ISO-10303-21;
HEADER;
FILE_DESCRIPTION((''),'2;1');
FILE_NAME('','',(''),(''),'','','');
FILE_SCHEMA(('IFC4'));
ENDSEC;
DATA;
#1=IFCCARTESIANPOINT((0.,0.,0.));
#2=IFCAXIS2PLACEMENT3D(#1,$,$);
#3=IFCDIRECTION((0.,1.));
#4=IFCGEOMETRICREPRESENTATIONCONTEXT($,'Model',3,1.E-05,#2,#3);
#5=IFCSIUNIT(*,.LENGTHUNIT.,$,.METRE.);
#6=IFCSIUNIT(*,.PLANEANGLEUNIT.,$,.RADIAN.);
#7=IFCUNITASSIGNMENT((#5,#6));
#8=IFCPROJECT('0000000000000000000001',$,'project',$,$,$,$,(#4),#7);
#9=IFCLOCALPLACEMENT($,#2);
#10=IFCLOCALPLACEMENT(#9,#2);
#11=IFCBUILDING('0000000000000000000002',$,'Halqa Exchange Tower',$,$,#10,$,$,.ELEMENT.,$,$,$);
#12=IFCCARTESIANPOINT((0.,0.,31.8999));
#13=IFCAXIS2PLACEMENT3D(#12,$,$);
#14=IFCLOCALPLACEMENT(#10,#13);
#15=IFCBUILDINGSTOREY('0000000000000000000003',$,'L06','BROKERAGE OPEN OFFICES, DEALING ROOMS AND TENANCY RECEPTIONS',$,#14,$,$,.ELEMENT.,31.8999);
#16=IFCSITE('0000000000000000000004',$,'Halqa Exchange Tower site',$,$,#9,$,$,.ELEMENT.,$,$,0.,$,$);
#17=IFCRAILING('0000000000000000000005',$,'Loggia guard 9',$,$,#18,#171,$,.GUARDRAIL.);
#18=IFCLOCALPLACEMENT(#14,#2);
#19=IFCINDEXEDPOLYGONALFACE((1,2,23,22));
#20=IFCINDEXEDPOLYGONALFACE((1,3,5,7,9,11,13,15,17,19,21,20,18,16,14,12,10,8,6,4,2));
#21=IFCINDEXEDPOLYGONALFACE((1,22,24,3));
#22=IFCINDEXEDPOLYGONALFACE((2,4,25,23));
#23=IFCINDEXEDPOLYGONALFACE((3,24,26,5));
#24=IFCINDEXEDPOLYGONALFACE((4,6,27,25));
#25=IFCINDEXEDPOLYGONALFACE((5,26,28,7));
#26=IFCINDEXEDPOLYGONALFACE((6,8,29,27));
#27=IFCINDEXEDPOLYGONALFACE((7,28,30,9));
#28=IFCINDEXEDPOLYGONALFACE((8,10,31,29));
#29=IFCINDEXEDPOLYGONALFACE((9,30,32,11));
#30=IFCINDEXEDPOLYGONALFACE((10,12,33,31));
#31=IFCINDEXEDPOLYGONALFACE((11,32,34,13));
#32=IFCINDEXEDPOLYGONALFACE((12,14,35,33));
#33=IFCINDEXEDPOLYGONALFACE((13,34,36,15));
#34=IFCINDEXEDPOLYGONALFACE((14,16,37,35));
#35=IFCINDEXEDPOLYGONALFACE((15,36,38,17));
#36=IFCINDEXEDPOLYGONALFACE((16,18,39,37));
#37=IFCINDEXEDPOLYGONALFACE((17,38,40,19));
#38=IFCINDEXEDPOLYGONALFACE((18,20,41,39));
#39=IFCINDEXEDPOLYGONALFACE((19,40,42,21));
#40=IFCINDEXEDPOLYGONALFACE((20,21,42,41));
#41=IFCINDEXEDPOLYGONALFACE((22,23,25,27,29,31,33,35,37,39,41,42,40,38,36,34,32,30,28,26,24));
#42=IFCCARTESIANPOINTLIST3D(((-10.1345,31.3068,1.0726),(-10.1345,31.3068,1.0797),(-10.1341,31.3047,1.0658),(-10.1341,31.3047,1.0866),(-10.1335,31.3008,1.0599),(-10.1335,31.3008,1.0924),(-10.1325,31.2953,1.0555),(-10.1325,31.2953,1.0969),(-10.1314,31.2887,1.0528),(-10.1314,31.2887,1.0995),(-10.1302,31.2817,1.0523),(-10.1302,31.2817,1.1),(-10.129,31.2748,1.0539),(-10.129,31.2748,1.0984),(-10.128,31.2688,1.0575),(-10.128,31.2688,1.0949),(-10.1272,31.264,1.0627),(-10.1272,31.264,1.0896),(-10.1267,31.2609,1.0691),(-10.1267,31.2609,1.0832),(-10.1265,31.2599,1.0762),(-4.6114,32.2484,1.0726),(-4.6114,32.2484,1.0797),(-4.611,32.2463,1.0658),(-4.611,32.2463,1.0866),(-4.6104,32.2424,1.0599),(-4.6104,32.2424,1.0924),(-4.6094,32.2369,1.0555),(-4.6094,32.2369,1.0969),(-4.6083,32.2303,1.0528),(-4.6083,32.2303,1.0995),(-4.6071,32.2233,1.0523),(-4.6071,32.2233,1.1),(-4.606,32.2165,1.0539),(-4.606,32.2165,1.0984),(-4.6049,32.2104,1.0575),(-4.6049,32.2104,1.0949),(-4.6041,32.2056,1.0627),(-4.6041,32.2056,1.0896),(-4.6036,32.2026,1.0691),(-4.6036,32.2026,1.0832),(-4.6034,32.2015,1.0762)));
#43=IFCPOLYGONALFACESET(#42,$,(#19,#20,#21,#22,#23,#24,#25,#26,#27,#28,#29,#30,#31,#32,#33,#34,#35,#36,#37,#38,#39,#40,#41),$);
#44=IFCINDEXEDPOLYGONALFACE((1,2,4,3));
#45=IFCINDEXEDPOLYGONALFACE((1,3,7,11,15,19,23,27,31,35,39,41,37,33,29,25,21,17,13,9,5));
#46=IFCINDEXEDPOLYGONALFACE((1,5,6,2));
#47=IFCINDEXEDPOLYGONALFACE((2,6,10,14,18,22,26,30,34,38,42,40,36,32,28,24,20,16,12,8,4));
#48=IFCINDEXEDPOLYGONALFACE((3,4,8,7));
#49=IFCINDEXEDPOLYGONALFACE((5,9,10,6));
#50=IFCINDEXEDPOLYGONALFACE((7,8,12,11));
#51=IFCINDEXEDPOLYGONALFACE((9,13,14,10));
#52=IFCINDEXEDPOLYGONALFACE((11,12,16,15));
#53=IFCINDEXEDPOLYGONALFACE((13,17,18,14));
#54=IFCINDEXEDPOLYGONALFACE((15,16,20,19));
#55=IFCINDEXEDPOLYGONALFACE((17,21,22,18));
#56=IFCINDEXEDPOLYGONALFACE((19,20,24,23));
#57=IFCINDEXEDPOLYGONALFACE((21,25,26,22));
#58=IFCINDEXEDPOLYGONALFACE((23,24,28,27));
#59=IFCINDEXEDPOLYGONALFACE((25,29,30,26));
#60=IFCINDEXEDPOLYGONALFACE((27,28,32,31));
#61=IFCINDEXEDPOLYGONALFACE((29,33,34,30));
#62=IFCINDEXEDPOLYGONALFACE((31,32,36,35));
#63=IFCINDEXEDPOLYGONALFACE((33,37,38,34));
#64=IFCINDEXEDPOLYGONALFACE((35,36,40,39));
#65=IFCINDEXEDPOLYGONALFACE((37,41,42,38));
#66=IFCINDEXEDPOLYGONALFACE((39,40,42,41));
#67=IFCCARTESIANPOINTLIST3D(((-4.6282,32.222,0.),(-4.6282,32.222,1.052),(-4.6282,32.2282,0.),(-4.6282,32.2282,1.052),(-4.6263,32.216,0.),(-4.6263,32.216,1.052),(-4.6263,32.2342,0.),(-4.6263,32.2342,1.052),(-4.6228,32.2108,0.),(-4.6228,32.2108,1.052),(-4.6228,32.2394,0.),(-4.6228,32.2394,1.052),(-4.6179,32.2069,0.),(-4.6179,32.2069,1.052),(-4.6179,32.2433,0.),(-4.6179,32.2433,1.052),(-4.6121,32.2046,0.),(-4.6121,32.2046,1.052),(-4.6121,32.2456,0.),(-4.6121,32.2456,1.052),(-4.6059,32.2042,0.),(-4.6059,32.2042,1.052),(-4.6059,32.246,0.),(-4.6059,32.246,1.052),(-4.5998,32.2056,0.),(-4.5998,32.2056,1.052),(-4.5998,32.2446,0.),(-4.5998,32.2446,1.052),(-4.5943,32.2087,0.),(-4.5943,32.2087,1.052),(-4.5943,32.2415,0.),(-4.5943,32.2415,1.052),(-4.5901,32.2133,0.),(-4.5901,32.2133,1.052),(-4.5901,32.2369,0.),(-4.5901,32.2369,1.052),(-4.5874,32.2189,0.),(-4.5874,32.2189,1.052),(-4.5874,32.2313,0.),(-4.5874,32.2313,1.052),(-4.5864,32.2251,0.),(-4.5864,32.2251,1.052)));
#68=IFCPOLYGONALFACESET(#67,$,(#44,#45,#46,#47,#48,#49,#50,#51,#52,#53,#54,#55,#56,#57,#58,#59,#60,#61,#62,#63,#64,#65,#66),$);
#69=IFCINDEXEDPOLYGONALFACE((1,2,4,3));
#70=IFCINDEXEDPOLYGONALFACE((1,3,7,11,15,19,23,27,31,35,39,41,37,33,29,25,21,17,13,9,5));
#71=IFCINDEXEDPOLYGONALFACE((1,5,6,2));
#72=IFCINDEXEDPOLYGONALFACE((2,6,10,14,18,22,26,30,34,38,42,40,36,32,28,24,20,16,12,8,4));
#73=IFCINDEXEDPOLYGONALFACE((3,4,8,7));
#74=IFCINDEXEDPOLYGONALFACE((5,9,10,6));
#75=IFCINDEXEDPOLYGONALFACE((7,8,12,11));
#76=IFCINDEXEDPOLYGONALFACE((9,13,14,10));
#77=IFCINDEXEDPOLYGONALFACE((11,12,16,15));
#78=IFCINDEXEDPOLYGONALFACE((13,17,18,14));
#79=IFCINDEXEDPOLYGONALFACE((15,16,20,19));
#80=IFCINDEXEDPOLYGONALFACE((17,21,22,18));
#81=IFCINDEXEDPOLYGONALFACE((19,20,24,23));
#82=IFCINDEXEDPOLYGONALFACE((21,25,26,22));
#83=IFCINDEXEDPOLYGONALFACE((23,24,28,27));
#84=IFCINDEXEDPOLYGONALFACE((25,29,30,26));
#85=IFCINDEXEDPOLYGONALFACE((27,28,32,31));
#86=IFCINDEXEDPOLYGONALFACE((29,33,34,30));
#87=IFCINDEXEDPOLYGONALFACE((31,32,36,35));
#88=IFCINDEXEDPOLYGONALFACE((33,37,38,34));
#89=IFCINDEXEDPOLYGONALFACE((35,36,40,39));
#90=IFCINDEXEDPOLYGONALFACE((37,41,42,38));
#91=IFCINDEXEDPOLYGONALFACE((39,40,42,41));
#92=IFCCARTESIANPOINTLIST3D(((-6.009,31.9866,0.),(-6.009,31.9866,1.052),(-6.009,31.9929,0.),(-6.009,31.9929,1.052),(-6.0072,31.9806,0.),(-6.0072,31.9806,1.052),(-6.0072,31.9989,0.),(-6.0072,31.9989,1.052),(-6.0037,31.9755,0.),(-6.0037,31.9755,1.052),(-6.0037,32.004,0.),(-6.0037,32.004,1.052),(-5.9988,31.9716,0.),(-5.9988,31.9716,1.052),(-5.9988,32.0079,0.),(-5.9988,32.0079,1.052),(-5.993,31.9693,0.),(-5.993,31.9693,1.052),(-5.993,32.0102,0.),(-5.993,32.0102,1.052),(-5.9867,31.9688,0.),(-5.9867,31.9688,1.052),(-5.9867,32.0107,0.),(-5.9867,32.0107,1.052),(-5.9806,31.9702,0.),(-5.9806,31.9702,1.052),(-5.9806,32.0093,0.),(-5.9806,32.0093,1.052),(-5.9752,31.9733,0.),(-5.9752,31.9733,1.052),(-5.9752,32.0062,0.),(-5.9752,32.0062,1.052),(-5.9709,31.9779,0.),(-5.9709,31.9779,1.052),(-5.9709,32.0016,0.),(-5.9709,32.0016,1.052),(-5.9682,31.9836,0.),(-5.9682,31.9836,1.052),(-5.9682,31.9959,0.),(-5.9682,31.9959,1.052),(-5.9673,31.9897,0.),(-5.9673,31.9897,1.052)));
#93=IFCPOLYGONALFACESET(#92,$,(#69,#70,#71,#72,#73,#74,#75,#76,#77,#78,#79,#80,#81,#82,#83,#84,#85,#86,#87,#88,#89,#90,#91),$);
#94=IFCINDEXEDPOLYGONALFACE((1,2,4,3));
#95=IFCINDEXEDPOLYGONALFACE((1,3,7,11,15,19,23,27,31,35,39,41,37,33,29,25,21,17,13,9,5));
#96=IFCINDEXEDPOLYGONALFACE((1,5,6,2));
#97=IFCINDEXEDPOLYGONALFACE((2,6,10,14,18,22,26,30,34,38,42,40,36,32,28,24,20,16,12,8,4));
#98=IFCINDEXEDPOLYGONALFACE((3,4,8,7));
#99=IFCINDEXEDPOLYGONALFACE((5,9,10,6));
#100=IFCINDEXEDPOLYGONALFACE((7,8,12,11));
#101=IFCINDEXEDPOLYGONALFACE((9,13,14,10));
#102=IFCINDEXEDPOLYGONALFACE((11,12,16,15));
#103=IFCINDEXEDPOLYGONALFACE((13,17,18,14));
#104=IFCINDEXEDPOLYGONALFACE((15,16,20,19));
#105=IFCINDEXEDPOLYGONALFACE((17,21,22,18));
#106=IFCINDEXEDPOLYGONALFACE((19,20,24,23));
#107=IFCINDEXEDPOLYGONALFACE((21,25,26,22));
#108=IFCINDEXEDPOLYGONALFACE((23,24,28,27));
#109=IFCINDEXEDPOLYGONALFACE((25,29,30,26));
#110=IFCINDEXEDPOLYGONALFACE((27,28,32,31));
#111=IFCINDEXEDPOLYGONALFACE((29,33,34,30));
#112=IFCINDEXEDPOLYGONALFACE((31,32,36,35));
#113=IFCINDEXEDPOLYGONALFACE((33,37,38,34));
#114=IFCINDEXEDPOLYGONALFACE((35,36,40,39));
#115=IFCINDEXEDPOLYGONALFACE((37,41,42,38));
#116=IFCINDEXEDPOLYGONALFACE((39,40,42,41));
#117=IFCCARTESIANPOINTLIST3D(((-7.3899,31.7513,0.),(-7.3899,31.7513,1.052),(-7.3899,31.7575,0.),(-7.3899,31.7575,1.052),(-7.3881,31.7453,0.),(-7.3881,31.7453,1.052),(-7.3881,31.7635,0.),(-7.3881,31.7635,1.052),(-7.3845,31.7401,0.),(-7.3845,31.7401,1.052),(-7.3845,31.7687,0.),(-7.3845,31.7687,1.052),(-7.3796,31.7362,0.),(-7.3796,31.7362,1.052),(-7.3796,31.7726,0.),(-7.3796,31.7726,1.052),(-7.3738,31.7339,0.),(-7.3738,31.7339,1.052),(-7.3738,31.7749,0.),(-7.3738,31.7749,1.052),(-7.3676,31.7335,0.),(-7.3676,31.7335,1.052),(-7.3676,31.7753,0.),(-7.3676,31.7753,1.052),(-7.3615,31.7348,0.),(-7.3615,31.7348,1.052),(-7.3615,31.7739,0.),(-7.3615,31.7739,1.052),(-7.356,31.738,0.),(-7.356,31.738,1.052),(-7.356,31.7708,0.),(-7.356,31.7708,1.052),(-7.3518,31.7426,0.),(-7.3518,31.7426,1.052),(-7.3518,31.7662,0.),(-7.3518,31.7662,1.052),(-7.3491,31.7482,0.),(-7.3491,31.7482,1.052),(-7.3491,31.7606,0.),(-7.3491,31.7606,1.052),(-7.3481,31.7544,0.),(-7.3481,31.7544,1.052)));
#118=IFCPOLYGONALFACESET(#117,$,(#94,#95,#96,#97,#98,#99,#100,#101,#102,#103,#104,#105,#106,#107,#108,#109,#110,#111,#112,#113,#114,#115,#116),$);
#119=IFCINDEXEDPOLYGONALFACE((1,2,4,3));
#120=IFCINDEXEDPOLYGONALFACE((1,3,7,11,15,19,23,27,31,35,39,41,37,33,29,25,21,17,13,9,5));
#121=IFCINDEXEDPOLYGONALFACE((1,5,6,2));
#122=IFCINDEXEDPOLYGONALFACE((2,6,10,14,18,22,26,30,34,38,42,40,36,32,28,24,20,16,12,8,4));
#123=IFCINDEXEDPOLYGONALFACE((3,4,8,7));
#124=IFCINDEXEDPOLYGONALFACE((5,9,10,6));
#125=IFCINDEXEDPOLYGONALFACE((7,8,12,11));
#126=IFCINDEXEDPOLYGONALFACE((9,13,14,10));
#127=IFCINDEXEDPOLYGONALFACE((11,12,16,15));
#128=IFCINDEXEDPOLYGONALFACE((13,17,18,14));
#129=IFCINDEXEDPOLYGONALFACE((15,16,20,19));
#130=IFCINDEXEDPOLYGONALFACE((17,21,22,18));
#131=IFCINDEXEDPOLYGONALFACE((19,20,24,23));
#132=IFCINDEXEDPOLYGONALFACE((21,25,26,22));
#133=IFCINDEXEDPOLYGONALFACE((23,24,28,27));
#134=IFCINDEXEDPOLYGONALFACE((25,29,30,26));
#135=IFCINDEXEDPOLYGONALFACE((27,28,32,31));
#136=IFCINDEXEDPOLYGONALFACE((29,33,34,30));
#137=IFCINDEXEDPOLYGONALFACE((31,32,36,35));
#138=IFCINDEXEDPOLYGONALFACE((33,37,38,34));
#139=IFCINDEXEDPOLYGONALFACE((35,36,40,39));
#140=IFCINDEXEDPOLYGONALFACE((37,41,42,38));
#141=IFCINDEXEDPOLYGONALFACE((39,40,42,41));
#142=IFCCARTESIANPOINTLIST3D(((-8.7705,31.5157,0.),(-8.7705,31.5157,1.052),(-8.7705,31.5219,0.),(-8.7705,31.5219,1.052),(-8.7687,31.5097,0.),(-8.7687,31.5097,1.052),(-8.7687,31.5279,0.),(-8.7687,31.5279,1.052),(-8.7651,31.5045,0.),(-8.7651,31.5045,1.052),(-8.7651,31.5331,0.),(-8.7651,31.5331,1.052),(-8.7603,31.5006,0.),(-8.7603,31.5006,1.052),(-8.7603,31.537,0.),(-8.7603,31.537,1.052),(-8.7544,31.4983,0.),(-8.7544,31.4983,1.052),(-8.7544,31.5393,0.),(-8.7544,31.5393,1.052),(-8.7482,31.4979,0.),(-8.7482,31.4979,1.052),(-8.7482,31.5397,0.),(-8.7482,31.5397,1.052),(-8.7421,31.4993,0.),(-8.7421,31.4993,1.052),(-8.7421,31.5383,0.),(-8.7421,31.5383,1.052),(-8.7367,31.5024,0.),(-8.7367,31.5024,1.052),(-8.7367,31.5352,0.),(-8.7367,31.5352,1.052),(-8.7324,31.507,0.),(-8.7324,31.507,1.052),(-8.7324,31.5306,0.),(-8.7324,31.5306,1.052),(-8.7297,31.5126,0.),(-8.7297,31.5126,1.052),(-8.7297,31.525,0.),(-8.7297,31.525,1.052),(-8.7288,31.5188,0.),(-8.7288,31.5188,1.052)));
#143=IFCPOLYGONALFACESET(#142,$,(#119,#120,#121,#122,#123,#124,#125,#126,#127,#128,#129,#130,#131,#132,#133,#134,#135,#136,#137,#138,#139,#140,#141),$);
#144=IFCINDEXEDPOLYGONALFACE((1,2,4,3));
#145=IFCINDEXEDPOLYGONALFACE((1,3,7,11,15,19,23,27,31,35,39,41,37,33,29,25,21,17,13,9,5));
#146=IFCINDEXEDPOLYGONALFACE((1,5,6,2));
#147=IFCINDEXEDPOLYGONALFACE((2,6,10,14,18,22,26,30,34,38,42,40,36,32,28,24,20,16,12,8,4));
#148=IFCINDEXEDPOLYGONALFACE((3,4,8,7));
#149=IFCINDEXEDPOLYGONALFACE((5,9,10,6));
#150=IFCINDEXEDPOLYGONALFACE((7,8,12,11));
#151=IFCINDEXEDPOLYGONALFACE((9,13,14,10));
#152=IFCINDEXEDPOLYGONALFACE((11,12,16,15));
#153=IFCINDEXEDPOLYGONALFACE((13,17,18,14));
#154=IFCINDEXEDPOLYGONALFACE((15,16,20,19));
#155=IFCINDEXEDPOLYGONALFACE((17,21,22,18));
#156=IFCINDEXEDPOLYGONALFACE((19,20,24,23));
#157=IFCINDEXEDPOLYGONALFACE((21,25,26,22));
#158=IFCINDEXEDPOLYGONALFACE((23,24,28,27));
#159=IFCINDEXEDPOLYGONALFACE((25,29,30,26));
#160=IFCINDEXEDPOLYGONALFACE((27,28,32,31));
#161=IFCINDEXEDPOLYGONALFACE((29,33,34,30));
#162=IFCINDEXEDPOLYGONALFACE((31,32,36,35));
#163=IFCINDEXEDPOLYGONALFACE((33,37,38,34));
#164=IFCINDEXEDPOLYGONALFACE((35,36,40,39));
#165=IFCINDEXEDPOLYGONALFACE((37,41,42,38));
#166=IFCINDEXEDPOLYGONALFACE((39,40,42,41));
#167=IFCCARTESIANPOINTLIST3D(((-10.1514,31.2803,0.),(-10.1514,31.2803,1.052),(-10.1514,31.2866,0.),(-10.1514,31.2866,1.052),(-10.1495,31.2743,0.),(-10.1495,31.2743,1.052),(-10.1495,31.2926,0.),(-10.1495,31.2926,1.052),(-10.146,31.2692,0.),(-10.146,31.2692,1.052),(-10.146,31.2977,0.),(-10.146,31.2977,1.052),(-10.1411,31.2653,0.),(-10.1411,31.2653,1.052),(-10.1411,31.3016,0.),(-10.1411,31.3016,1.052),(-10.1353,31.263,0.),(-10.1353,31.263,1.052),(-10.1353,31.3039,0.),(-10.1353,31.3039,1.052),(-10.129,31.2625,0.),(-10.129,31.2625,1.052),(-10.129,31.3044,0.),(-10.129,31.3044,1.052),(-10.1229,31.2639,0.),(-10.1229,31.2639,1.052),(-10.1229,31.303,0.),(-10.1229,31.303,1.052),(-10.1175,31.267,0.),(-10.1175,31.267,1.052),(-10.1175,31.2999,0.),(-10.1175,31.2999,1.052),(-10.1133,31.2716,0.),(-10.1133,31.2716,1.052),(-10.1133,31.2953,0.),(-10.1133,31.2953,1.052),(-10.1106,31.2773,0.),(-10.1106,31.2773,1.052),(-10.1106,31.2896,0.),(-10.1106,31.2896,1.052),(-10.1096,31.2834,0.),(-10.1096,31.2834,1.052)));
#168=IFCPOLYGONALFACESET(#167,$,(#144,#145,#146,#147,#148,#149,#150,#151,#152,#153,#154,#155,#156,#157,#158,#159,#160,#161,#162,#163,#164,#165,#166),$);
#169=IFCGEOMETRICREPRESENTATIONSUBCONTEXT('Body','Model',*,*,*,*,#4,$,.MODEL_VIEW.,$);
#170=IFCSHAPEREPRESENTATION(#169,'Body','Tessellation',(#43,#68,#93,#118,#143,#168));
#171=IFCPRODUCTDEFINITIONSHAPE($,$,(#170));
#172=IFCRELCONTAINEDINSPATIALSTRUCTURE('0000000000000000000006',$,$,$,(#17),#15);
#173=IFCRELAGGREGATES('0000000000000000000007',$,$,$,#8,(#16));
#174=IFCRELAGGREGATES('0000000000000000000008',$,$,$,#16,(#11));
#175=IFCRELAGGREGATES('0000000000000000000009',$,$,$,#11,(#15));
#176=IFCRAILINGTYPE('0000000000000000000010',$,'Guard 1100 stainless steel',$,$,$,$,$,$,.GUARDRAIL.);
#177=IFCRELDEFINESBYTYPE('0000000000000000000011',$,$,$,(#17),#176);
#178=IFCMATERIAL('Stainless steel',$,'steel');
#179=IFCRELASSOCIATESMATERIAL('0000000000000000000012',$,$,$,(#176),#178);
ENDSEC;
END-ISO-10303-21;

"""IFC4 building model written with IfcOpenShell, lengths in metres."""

from ifc_helpers import new_model, si_unit, direction, frame, origin, origin_2d, place, context, subcontext, project, spatial, circle, extrude, material, type_object, element, save


model = new_model("IFC4")

# Units and contexts
model_context = context("Model", 3, precision=1e-05, world=origin(), true_north=direction((0.0, 1.0)))
body_context = subcontext(model_context, "Body", "Model", "MODEL_VIEW")
ifc_project = project(units=[si_unit("LENGTHUNIT", "METRE"), si_unit("PLANEANGLEUNIT", "RADIAN")], contexts=[model_context])

# Site, building, storey
site_placement = place(None, origin())
site = spatial("IfcSite", under=ifc_project, at=site_placement, Name="Halqa Exchange Tower site", CompositionType="ELEMENT", RefElevation=0.0)
building_placement = place(site_placement, origin())
building = spatial("IfcBuilding", under=site, at=building_placement, Name="Halqa Exchange Tower", CompositionType="ELEMENT")
storey_placement = place(building_placement, frame((0.0, 0.0, 31.8999)))
storey = spatial("IfcBuildingStorey", under=building, at=storey_placement, Name="L06", Description="BROKERAGE OPEN OFFICES, DEALING ROOMS AND TENANCY RECEPTIONS", CompositionType="ELEMENT", Elevation=31.8999)

# Railing
ifc_material_1 = material(Name="Stainless steel", Category="steel")
railing_type_1 = type_object("IfcRailingType", Name="Guard 1100 stainless steel", PredefinedType="GUARDRAIL", material=ifc_material_1)
railing_1_placement = place(storey_placement, frame((-4.6074, 32.2251, 0.0)))
element("IfcRailing", 1, at=railing_1_placement, inside=storey, type_object=railing_type_1, Name="Loggia guard 9", PredefinedType="GUARDRAIL", context=body_context, shape_type="SweptSolid", body=[
    extrude(circle(Radius=0.0239, at=origin_2d()), frame((0.0, 0.0, 1.0762), z_axis=(-0.985776, -0.168065, 0.0), x_axis=(0.168065, -0.985776, 0.0)), (0.0, 0.0, 1.0), 5.6028),
    extrude(circle(Radius=0.021, at=origin_2d()), origin(), (0.0, 0.0, 1.0), 1.052),
    extrude(circle(Radius=0.021, at=origin_2d()), frame((-1.3809, -0.2354, 0.0)), (0.0, 0.0, 1.0), 1.052),
    extrude(circle(Radius=0.021, at=origin_2d()), frame((-2.7617, -0.4707, 0.0)), (0.0, 0.0, 1.0), 1.052),
    extrude(circle(Radius=0.021, at=origin_2d()), frame((-4.1423, -0.7063, 0.0)), (0.0, 0.0, 1.0), 1.052),
    extrude(circle(Radius=0.021, at=origin_2d()), frame((-5.5232, -0.9417, 0.0)), (0.0, 0.0, 1.0), 1.052),
])

save(model, "model.ifc")
